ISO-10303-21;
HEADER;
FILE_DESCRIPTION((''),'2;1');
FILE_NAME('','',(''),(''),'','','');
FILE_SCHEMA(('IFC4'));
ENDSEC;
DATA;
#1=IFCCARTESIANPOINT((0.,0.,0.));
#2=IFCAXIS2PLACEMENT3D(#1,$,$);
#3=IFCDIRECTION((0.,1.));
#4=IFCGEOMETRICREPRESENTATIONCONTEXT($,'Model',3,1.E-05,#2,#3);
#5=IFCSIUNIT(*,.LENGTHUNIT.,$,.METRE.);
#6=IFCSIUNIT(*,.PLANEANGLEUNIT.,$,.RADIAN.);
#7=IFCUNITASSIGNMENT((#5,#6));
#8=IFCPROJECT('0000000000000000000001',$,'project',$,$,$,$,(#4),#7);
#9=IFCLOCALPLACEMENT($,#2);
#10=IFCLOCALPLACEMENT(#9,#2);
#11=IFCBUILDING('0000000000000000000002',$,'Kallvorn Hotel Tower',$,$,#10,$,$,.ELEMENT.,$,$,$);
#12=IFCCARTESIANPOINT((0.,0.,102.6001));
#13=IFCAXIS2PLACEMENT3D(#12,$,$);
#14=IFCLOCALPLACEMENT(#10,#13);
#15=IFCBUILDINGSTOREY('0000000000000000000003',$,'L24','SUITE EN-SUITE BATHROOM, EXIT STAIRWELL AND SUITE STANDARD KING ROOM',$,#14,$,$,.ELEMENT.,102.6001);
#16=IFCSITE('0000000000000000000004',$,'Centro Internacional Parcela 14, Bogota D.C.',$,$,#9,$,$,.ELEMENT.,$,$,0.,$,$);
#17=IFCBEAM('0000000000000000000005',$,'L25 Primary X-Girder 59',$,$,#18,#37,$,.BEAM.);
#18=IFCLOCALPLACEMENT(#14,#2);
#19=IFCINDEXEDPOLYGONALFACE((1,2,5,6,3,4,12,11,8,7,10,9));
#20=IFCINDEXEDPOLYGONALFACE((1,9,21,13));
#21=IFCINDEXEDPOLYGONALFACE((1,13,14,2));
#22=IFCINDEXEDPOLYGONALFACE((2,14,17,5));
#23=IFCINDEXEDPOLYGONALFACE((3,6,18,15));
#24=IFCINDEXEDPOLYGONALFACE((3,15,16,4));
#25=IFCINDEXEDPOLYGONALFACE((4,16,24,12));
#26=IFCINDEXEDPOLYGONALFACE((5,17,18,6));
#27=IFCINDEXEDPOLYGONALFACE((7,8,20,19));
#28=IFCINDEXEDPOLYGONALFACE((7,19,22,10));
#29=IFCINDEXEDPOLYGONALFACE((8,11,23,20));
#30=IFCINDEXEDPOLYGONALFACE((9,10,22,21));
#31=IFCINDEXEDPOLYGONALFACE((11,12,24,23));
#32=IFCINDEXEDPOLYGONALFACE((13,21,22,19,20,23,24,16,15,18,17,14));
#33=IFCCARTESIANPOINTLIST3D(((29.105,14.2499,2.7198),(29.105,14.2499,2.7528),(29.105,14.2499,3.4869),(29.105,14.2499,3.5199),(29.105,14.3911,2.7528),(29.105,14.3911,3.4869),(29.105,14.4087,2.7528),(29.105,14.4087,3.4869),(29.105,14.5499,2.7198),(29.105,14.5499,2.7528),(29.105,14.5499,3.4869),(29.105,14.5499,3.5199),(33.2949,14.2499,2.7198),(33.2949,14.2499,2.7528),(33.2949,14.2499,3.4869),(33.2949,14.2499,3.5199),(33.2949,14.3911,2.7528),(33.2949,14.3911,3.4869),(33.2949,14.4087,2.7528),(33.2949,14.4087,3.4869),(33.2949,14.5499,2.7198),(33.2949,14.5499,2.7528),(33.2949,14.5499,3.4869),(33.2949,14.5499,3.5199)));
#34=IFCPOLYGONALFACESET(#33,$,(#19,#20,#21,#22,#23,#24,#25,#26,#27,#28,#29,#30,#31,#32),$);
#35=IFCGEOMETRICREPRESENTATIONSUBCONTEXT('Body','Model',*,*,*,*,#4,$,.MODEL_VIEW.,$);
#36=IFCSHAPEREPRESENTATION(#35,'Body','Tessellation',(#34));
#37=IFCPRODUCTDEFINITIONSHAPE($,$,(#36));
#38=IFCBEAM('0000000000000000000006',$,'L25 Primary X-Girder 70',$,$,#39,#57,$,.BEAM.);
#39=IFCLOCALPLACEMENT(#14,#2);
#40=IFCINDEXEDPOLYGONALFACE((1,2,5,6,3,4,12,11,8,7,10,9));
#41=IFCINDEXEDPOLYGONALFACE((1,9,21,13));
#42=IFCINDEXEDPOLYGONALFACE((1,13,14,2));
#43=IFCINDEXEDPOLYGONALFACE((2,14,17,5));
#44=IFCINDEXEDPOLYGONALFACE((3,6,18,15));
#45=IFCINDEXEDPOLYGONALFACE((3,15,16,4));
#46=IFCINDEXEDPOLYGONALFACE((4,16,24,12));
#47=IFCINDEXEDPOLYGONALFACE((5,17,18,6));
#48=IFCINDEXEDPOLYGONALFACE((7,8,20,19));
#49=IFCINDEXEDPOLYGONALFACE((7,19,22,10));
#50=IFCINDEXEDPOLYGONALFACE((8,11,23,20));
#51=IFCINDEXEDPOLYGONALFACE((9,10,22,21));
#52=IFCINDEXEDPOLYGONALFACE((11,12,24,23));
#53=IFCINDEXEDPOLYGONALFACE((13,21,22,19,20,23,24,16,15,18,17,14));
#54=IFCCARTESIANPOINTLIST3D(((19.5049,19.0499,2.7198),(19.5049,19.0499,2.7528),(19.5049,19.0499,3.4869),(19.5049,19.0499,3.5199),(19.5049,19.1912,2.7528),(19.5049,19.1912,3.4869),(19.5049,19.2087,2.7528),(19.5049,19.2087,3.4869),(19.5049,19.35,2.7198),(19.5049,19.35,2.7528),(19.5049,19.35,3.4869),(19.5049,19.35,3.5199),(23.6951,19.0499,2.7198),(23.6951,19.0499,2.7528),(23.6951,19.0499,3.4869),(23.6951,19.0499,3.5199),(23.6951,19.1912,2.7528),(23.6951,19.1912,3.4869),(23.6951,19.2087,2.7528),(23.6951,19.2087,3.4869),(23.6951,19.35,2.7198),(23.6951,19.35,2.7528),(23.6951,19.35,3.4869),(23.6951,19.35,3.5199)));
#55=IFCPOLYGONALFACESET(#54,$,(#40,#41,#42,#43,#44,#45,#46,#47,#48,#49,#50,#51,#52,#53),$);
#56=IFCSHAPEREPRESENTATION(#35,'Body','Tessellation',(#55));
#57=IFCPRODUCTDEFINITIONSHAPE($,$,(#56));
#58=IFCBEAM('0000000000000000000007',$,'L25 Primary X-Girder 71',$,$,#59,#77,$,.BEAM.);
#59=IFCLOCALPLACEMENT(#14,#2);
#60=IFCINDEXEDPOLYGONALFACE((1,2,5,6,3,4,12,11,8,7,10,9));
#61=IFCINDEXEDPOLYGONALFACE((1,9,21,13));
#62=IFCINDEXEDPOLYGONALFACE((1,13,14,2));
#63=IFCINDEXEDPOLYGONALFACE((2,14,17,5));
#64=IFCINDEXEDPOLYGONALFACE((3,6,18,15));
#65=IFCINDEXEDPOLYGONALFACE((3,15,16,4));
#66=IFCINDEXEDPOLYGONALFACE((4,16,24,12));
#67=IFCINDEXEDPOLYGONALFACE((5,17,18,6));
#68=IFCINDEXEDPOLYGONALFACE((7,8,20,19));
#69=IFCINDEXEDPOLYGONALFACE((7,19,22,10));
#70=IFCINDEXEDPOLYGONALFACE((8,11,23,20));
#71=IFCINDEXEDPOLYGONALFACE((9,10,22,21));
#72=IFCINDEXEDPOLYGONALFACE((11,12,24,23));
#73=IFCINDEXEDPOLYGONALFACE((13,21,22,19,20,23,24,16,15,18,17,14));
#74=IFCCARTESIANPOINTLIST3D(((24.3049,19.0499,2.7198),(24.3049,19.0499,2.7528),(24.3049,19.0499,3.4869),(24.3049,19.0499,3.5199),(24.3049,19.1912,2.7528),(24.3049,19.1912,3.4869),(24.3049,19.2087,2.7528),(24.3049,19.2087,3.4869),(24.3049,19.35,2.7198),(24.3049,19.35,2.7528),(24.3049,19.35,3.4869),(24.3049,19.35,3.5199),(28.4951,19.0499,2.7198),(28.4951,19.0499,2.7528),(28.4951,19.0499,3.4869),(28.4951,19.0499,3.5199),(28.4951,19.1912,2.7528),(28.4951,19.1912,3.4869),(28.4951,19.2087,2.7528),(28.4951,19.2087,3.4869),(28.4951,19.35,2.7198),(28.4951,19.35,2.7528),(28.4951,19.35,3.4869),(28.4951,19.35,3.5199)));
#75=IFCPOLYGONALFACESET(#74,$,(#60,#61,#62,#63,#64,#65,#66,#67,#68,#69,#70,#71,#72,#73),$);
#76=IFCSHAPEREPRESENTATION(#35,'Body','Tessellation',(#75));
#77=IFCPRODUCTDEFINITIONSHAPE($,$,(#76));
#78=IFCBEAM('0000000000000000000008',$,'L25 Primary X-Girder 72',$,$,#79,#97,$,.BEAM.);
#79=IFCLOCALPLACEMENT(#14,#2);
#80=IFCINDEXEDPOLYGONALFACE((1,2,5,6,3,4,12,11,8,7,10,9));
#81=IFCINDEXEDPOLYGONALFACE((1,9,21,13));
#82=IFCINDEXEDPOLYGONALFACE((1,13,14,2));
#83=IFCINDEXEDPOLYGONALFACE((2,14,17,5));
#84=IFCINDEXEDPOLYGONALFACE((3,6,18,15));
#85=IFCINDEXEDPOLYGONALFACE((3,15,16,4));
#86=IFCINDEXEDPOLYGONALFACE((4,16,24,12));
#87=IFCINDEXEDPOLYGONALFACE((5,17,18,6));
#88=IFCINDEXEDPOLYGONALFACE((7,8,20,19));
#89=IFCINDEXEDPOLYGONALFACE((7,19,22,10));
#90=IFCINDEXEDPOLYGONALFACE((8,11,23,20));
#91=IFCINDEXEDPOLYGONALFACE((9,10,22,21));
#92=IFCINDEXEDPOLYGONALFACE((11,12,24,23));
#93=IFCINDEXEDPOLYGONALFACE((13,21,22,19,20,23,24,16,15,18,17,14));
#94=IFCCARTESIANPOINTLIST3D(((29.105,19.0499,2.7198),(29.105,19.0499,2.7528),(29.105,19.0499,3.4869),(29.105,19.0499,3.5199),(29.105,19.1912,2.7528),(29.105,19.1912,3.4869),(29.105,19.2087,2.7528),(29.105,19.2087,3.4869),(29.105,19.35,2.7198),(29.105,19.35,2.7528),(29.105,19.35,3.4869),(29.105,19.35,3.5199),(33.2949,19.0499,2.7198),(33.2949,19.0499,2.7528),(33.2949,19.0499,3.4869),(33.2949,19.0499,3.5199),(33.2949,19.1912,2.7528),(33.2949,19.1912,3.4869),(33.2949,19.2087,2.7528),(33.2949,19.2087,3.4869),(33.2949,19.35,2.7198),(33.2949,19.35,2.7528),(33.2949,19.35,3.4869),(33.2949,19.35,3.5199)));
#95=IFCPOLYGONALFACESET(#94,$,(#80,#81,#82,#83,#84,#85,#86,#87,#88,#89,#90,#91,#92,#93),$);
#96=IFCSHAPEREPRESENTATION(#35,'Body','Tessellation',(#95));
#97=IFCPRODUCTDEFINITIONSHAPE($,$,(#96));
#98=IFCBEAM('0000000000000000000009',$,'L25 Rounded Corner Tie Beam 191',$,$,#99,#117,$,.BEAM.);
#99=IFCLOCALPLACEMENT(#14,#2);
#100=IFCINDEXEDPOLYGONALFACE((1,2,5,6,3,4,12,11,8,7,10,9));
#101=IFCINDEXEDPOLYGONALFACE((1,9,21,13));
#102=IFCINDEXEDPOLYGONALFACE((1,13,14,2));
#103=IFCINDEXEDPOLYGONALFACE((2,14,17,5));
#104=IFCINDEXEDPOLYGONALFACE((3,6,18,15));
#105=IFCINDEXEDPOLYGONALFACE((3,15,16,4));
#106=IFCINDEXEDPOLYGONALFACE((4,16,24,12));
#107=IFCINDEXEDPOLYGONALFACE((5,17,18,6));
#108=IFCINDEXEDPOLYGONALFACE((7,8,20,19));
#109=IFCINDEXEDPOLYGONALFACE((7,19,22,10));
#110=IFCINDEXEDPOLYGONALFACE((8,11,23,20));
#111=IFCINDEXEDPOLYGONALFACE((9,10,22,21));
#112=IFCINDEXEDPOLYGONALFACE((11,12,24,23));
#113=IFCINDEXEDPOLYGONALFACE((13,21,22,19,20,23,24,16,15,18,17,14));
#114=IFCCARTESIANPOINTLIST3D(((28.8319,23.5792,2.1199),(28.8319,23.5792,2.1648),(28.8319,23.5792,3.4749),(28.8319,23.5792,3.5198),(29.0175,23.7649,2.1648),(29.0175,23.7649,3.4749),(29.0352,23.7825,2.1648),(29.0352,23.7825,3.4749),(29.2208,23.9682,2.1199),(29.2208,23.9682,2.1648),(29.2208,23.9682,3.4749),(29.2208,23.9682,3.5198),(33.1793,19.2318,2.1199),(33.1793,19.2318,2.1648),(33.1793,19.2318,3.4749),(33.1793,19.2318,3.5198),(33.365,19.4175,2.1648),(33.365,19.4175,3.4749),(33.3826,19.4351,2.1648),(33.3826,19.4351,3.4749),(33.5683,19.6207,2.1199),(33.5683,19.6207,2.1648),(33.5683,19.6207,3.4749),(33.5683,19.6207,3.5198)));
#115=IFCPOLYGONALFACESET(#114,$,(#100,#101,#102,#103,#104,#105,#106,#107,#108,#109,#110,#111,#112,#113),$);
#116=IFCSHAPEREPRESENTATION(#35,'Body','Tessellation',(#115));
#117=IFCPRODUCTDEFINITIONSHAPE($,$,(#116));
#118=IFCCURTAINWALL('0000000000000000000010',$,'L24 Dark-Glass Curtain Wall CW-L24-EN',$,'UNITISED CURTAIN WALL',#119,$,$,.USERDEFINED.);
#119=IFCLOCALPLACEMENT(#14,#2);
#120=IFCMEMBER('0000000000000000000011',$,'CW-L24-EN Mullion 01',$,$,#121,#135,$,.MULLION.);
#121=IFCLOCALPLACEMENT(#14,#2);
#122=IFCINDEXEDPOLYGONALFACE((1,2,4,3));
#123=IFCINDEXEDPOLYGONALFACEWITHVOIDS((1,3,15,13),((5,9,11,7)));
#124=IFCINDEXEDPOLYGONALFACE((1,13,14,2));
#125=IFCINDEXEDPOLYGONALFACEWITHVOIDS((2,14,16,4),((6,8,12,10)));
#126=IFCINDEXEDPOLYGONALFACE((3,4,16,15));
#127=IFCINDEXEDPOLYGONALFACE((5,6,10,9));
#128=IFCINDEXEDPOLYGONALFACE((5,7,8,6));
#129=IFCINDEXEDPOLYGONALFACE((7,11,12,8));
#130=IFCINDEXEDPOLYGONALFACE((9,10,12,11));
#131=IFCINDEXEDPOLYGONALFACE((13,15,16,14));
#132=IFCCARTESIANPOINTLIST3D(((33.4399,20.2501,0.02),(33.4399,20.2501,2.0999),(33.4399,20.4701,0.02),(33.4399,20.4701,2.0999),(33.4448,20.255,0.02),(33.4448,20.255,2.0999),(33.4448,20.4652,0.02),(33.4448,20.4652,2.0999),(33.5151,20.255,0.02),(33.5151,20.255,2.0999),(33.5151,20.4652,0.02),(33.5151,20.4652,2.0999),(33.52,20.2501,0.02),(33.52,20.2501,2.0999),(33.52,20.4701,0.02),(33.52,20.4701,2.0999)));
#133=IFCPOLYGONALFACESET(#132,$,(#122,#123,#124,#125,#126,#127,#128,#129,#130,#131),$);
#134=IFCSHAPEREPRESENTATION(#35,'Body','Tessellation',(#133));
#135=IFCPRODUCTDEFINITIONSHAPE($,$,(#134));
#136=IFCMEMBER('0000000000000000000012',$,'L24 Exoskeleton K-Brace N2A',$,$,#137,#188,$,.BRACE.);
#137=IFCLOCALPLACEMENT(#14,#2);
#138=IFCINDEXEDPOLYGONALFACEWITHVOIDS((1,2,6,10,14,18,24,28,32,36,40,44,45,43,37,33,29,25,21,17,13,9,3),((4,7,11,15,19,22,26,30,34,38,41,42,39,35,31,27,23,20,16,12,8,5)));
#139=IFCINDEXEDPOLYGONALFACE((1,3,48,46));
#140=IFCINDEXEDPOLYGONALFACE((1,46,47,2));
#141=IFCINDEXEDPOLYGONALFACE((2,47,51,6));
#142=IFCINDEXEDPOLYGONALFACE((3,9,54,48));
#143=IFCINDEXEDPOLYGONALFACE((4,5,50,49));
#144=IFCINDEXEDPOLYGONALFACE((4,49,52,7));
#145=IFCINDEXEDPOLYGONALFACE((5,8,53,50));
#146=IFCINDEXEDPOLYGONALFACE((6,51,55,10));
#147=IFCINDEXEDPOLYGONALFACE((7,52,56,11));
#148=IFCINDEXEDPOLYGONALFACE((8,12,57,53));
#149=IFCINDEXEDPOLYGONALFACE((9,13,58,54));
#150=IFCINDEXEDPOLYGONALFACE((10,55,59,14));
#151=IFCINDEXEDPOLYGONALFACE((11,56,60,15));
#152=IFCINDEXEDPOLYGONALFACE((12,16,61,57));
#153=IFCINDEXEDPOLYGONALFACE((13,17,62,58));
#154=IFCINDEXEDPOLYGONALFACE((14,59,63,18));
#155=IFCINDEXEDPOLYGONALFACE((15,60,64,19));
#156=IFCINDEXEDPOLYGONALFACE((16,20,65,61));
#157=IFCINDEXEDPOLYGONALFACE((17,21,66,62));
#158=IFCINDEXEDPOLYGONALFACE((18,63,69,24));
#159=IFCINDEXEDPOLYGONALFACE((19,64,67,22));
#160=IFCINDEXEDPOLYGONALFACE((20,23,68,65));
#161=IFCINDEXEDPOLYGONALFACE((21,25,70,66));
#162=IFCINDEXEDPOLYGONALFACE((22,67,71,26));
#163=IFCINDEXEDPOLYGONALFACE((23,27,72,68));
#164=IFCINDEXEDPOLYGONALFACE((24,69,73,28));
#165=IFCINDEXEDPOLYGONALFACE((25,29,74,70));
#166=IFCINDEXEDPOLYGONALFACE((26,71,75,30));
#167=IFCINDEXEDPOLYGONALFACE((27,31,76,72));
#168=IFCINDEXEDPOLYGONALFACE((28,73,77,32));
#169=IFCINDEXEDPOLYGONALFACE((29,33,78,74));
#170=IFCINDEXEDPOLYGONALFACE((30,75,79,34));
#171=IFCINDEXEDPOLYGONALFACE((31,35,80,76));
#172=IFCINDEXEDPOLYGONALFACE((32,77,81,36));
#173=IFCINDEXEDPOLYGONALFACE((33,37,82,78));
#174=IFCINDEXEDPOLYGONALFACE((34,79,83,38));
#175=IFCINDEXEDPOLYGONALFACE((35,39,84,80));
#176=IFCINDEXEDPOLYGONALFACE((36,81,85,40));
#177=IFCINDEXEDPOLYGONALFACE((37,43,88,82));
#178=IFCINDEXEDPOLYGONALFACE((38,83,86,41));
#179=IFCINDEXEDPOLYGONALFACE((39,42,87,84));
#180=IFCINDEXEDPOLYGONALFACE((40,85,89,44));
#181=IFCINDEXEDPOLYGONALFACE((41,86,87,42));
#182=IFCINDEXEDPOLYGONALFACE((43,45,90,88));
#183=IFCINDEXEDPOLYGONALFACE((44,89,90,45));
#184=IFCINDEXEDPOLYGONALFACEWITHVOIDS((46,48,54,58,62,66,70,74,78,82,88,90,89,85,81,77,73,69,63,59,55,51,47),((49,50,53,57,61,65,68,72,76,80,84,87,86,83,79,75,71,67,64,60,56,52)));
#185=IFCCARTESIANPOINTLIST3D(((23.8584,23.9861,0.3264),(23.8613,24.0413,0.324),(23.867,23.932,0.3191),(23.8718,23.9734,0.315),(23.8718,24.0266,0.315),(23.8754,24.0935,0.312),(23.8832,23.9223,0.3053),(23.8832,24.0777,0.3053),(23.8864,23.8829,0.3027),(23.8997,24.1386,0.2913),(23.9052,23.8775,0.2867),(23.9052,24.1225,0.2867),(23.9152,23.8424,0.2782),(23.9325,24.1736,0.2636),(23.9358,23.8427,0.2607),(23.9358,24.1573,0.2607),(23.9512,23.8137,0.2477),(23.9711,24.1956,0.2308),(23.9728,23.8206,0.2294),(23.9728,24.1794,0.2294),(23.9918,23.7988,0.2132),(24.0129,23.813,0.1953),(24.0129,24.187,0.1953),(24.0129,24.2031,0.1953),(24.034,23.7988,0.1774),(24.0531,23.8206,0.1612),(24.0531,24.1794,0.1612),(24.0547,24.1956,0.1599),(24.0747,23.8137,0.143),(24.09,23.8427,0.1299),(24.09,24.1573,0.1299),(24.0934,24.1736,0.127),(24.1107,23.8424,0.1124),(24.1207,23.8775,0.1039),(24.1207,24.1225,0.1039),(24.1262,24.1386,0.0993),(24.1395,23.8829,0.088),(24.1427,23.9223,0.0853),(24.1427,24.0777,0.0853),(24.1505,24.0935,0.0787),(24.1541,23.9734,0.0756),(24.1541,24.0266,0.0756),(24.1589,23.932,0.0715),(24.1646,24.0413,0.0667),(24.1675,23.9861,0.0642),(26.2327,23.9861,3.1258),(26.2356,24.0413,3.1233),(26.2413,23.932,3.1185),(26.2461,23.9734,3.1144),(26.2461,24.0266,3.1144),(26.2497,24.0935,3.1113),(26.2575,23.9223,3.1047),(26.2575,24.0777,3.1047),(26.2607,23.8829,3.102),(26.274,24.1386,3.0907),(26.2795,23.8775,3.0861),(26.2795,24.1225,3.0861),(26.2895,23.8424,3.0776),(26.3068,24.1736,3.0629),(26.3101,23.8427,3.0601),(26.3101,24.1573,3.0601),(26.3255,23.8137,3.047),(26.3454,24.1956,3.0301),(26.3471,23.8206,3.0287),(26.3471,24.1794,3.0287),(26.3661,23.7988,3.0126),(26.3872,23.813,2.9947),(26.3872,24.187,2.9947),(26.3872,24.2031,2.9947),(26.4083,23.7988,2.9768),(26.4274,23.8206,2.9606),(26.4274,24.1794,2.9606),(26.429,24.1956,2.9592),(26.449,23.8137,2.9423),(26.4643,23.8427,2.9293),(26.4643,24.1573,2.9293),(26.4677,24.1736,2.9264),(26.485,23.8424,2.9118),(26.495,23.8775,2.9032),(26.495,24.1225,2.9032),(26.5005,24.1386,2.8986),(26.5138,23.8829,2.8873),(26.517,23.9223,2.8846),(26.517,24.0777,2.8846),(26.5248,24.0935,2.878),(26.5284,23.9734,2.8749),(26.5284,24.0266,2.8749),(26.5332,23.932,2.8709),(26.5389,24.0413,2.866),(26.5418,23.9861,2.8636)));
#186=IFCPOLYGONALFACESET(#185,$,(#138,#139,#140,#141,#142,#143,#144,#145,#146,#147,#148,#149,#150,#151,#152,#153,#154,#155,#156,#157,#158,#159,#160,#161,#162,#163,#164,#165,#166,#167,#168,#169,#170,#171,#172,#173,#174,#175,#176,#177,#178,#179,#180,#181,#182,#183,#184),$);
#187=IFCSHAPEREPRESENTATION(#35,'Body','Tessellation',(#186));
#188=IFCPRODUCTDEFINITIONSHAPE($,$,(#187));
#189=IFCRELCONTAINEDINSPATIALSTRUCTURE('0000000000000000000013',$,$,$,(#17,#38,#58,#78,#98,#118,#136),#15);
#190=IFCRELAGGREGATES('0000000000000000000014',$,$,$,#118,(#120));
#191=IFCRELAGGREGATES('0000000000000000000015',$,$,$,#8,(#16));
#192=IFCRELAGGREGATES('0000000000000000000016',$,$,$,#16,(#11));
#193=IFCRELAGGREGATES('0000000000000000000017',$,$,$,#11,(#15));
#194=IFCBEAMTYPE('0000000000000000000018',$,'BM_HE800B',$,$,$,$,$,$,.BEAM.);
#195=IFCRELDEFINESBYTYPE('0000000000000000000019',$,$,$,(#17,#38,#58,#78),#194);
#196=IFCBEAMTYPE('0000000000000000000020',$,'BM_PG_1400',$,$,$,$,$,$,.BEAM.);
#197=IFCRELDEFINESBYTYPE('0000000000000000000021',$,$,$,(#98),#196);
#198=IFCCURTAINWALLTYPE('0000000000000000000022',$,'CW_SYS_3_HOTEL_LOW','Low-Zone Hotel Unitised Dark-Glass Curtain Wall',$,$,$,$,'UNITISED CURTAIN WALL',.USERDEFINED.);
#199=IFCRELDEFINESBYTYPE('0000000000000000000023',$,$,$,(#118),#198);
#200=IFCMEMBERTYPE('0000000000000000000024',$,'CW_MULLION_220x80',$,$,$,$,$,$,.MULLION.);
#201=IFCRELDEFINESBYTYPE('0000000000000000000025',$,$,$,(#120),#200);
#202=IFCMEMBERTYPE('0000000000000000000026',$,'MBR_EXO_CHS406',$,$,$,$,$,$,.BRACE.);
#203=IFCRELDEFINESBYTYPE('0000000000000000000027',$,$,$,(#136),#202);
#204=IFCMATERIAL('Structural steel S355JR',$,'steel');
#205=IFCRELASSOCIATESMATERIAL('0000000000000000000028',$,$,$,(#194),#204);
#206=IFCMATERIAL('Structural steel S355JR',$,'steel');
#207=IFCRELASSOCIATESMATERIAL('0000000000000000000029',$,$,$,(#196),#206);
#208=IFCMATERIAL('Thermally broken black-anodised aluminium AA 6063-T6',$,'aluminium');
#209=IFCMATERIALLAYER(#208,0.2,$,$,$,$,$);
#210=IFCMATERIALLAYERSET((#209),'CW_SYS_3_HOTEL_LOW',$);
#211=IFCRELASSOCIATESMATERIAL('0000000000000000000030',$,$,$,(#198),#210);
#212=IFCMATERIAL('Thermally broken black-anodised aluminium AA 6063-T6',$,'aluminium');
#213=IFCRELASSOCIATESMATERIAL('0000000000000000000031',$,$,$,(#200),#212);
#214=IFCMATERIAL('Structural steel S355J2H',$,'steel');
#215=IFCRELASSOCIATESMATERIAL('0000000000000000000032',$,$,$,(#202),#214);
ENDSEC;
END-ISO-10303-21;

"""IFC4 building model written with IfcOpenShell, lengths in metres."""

from ifc_helpers import new_model, si_unit, direction, frame, origin, origin_2d, place, context, subcontext, project, spatial, hollow_rectangle, hollow_circle, i_section, extrude, material, layer, layer_set, material_profile, profile_set, type_object, element, aggregate, save


model = new_model("IFC4")

# Units and contexts
model_context = context("Model", 3, precision=1e-05, world=origin(), true_north=direction((0.0, 1.0)))
body_context = subcontext(model_context, "Body", "Model", "MODEL_VIEW")
ifc_project = project(units=[si_unit("LENGTHUNIT", "METRE"), si_unit("PLANEANGLEUNIT", "RADIAN")], contexts=[model_context])

# Site, building, storey
site_placement = place(None, origin())
site = spatial("IfcSite", under=ifc_project, at=site_placement, Name="Centro Internacional Parcela 14, Bogota D.C.", CompositionType="ELEMENT", RefElevation=0.0)
building_placement = place(site_placement, origin())
building = spatial("IfcBuilding", under=site, at=building_placement, Name="Kallvorn Hotel Tower", CompositionType="ELEMENT")
storey_placement = place(building_placement, frame((0.0, 0.0, 102.6001)))
storey = spatial("IfcBuildingStorey", under=building, at=storey_placement, Name="L24", Description="SUITE EN-SUITE BATHROOM, EXIT STAIRWELL AND SUITE STANDARD KING ROOM", CompositionType="ELEMENT", Elevation=102.6001)

# Beams
ifc_material_1 = material(Name="Structural steel S355JR", Category="steel")
ifc_material_profile_1 = material_profile(ifc_material_1, i_section(OverallWidth=0.3, OverallDepth=0.8, WebThickness=0.0176, FlangeThickness=0.033, at=origin_2d()), Name="HE 800 B")
ifc_profile_set_1 = profile_set([ifc_material_profile_1], Name="Structural steel S355JR")
beam_type_1 = type_object("IfcBeamType", Name="BM_HE800B", PredefinedType="BEAM", material=ifc_profile_set_1)
beam_1_placement = place(storey_placement, frame((29.105, 14.3999, 3.1199), z_axis=(1.0, 0.0, 0.0), x_axis=(0.0, 1.0, 0.0)))
element("IfcBeam", 1, at=beam_1_placement, inside=storey, type_object=beam_type_1, Name="L25 Primary X-Girder 59", PredefinedType="BEAM", context=body_context, shape_type="SweptSolid", body=[
    extrude(i_section(OverallWidth=0.3, OverallDepth=0.8, WebThickness=0.0176, FlangeThickness=0.033, at=origin_2d()), origin(), (0.0, 0.0, 1.0), 4.1899),
])
for number, where, z_axis, x_axis, name in (
    (2, (19.5049, 19.2, 3.1199), (1.0, 0.0, 0.0), (0.0, 1.0, 0.0), "L25 Primary X-Girder 70"),
    (3, (24.3049, 19.2, 3.1199), (1.0, 0.0, 0.0), (0.0, 1.0, 0.0), "L25 Primary X-Girder 71"),
):
    element("IfcBeam", number, at=place(storey_placement, frame(where, z_axis=z_axis, x_axis=x_axis)), inside=storey, type_object=beam_type_1, Name=name, PredefinedType="BEAM", context=body_context, shape_type="SweptSolid", body=[
        extrude(i_section(OverallWidth=0.3, OverallDepth=0.8, WebThickness=0.0176, FlangeThickness=0.033, at=origin_2d()), origin(), (0.0, 0.0, 1.0), 4.1902),
    ])
beam_2_placement = place(storey_placement, frame((29.105, 19.2, 3.1199), z_axis=(1.0, 0.0, 0.0), x_axis=(0.0, 1.0, 0.0)))
element("IfcBeam", 4, at=beam_2_placement, inside=storey, type_object=beam_type_1, Name="L25 Primary X-Girder 72", PredefinedType="BEAM", context=body_context, shape_type="SweptSolid", body=[
    extrude(i_section(OverallWidth=0.3, OverallDepth=0.8, WebThickness=0.0176, FlangeThickness=0.033, at=origin_2d()), origin(), (0.0, 0.0, 1.0), 4.1899),
])
ifc_material_2 = material(Name="Structural steel S355JR", Category="steel")
ifc_material_profile_2 = material_profile(ifc_material_2, i_section(OverallWidth=0.55, OverallDepth=1.3999, WebThickness=0.0249, FlangeThickness=0.0449, at=origin_2d()), Name="PG 1400x550x25x45")
ifc_profile_set_2 = profile_set([ifc_material_profile_2], Name="Structural steel S355JR")
beam_type_2 = type_object("IfcBeamType", Name="BM_PG_1400", PredefinedType="BEAM", material=ifc_profile_set_2)
beam_3_placement = place(storey_placement, frame((33.3738, 19.4263, 2.8198), z_axis=(-0.707107, 0.707107, 0.0), x_axis=(-0.707107, -0.707107, 0.0)))
element("IfcBeam", 5, at=beam_3_placement, inside=storey, type_object=beam_type_2, Name="L25 Rounded Corner Tie Beam 191", PredefinedType="BEAM", context=body_context, shape_type="SweptSolid", body=[
    extrude(i_section(OverallWidth=0.55, OverallDepth=1.3999, WebThickness=0.0249, FlangeThickness=0.0449, at=origin_2d()), origin(), (0.0, 0.0, 1.0), 6.1482),
])

# Curtain wall, member
ifc_material_3 = material(Name="Thermally broken black-anodised aluminium AA 6063-T6", Category="aluminium")
ifc_layer_1 = layer(ifc_material_3, 0.2)
ifc_layer_set_1 = layer_set([ifc_layer_1], Name="CW_SYS_3_HOTEL_LOW")
curtain_wall_type = type_object("IfcCurtainWallType", Name="CW_SYS_3_HOTEL_LOW", Description="Low-Zone Hotel Unitised Dark-Glass Curtain Wall", ElementType="UNITISED CURTAIN WALL", PredefinedType="USERDEFINED", material=ifc_layer_set_1)
curtain_wall_placement = place(storey_placement, origin())
curtain_wall = element("IfcCurtainWall", 6, at=curtain_wall_placement, inside=storey, type_object=curtain_wall_type, Name="L24 Dark-Glass Curtain Wall CW-L24-EN", ObjectType="UNITISED CURTAIN WALL", PredefinedType="USERDEFINED")
ifc_material_4 = material(Name="Thermally broken black-anodised aluminium AA 6063-T6", Category="aluminium")
ifc_material_profile_3 = material_profile(ifc_material_4, hollow_rectangle(XDim=0.0801, YDim=0.22, WallThickness=0.0049, at=origin_2d()), Name="MUL 220x80")
ifc_profile_set_3 = profile_set([ifc_material_profile_3], Name="Thermally broken black-anodised aluminium AA 6063-T6")
member_type_1 = type_object("IfcMemberType", Name="CW_MULLION_220x80", PredefinedType="MULLION", material=ifc_profile_set_3)
member_placement = place(storey_placement, frame((33.48, 20.3601, 0.02), z_axis=(0.0, 0.0, 1.0), x_axis=(1.0, 0.0, 0.0)))
member = element("IfcMember", 7, at=member_placement, type_object=member_type_1, Name="CW-L24-EN Mullion 01", PredefinedType="MULLION", context=body_context, shape_type="SweptSolid", body=[
    extrude(hollow_rectangle(XDim=0.0801, YDim=0.22, WallThickness=0.0049, at=origin_2d()), origin(), (0.0, 0.0, 1.0), 2.0798),
])
aggregate(curtain_wall, [member])

# Member
ifc_material_5 = material(Name="Structural steel S355J2H", Category="steel")
ifc_material_profile_4 = material_profile(ifc_material_5, hollow_circle(Radius=0.2031, WallThickness=0.0161, at=origin_2d()), Name="CHS 406.4x16")
ifc_profile_set_4 = profile_set([ifc_material_profile_4], Name="Structural steel S355J2H")
member_type_2 = type_object("IfcMemberType", Name="MBR_EXO_CHS406", PredefinedType="BRACE", material=ifc_profile_set_4)
for number, where, z_axis, x_axis, name in (
    (8, (24.0129, 24.0, 0.1953), (0.646833, 0.0, 0.762631), (0.0, 1.0, 0.0), "L24 Exoskeleton K-Brace N2A"),
):
    element("IfcMember", number, at=place(storey_placement, frame(where, z_axis=z_axis, x_axis=x_axis)), inside=storey, type_object=member_type_2, Name=name, PredefinedType="BRACE", context=body_context, shape_type="SweptSolid", body=[
        extrude(hollow_circle(Radius=0.2031, WallThickness=0.0161, at=origin_2d()), origin(), (0.0, 0.0, 1.0), 3.6707),
    ])

save(model, "model.ifc")
